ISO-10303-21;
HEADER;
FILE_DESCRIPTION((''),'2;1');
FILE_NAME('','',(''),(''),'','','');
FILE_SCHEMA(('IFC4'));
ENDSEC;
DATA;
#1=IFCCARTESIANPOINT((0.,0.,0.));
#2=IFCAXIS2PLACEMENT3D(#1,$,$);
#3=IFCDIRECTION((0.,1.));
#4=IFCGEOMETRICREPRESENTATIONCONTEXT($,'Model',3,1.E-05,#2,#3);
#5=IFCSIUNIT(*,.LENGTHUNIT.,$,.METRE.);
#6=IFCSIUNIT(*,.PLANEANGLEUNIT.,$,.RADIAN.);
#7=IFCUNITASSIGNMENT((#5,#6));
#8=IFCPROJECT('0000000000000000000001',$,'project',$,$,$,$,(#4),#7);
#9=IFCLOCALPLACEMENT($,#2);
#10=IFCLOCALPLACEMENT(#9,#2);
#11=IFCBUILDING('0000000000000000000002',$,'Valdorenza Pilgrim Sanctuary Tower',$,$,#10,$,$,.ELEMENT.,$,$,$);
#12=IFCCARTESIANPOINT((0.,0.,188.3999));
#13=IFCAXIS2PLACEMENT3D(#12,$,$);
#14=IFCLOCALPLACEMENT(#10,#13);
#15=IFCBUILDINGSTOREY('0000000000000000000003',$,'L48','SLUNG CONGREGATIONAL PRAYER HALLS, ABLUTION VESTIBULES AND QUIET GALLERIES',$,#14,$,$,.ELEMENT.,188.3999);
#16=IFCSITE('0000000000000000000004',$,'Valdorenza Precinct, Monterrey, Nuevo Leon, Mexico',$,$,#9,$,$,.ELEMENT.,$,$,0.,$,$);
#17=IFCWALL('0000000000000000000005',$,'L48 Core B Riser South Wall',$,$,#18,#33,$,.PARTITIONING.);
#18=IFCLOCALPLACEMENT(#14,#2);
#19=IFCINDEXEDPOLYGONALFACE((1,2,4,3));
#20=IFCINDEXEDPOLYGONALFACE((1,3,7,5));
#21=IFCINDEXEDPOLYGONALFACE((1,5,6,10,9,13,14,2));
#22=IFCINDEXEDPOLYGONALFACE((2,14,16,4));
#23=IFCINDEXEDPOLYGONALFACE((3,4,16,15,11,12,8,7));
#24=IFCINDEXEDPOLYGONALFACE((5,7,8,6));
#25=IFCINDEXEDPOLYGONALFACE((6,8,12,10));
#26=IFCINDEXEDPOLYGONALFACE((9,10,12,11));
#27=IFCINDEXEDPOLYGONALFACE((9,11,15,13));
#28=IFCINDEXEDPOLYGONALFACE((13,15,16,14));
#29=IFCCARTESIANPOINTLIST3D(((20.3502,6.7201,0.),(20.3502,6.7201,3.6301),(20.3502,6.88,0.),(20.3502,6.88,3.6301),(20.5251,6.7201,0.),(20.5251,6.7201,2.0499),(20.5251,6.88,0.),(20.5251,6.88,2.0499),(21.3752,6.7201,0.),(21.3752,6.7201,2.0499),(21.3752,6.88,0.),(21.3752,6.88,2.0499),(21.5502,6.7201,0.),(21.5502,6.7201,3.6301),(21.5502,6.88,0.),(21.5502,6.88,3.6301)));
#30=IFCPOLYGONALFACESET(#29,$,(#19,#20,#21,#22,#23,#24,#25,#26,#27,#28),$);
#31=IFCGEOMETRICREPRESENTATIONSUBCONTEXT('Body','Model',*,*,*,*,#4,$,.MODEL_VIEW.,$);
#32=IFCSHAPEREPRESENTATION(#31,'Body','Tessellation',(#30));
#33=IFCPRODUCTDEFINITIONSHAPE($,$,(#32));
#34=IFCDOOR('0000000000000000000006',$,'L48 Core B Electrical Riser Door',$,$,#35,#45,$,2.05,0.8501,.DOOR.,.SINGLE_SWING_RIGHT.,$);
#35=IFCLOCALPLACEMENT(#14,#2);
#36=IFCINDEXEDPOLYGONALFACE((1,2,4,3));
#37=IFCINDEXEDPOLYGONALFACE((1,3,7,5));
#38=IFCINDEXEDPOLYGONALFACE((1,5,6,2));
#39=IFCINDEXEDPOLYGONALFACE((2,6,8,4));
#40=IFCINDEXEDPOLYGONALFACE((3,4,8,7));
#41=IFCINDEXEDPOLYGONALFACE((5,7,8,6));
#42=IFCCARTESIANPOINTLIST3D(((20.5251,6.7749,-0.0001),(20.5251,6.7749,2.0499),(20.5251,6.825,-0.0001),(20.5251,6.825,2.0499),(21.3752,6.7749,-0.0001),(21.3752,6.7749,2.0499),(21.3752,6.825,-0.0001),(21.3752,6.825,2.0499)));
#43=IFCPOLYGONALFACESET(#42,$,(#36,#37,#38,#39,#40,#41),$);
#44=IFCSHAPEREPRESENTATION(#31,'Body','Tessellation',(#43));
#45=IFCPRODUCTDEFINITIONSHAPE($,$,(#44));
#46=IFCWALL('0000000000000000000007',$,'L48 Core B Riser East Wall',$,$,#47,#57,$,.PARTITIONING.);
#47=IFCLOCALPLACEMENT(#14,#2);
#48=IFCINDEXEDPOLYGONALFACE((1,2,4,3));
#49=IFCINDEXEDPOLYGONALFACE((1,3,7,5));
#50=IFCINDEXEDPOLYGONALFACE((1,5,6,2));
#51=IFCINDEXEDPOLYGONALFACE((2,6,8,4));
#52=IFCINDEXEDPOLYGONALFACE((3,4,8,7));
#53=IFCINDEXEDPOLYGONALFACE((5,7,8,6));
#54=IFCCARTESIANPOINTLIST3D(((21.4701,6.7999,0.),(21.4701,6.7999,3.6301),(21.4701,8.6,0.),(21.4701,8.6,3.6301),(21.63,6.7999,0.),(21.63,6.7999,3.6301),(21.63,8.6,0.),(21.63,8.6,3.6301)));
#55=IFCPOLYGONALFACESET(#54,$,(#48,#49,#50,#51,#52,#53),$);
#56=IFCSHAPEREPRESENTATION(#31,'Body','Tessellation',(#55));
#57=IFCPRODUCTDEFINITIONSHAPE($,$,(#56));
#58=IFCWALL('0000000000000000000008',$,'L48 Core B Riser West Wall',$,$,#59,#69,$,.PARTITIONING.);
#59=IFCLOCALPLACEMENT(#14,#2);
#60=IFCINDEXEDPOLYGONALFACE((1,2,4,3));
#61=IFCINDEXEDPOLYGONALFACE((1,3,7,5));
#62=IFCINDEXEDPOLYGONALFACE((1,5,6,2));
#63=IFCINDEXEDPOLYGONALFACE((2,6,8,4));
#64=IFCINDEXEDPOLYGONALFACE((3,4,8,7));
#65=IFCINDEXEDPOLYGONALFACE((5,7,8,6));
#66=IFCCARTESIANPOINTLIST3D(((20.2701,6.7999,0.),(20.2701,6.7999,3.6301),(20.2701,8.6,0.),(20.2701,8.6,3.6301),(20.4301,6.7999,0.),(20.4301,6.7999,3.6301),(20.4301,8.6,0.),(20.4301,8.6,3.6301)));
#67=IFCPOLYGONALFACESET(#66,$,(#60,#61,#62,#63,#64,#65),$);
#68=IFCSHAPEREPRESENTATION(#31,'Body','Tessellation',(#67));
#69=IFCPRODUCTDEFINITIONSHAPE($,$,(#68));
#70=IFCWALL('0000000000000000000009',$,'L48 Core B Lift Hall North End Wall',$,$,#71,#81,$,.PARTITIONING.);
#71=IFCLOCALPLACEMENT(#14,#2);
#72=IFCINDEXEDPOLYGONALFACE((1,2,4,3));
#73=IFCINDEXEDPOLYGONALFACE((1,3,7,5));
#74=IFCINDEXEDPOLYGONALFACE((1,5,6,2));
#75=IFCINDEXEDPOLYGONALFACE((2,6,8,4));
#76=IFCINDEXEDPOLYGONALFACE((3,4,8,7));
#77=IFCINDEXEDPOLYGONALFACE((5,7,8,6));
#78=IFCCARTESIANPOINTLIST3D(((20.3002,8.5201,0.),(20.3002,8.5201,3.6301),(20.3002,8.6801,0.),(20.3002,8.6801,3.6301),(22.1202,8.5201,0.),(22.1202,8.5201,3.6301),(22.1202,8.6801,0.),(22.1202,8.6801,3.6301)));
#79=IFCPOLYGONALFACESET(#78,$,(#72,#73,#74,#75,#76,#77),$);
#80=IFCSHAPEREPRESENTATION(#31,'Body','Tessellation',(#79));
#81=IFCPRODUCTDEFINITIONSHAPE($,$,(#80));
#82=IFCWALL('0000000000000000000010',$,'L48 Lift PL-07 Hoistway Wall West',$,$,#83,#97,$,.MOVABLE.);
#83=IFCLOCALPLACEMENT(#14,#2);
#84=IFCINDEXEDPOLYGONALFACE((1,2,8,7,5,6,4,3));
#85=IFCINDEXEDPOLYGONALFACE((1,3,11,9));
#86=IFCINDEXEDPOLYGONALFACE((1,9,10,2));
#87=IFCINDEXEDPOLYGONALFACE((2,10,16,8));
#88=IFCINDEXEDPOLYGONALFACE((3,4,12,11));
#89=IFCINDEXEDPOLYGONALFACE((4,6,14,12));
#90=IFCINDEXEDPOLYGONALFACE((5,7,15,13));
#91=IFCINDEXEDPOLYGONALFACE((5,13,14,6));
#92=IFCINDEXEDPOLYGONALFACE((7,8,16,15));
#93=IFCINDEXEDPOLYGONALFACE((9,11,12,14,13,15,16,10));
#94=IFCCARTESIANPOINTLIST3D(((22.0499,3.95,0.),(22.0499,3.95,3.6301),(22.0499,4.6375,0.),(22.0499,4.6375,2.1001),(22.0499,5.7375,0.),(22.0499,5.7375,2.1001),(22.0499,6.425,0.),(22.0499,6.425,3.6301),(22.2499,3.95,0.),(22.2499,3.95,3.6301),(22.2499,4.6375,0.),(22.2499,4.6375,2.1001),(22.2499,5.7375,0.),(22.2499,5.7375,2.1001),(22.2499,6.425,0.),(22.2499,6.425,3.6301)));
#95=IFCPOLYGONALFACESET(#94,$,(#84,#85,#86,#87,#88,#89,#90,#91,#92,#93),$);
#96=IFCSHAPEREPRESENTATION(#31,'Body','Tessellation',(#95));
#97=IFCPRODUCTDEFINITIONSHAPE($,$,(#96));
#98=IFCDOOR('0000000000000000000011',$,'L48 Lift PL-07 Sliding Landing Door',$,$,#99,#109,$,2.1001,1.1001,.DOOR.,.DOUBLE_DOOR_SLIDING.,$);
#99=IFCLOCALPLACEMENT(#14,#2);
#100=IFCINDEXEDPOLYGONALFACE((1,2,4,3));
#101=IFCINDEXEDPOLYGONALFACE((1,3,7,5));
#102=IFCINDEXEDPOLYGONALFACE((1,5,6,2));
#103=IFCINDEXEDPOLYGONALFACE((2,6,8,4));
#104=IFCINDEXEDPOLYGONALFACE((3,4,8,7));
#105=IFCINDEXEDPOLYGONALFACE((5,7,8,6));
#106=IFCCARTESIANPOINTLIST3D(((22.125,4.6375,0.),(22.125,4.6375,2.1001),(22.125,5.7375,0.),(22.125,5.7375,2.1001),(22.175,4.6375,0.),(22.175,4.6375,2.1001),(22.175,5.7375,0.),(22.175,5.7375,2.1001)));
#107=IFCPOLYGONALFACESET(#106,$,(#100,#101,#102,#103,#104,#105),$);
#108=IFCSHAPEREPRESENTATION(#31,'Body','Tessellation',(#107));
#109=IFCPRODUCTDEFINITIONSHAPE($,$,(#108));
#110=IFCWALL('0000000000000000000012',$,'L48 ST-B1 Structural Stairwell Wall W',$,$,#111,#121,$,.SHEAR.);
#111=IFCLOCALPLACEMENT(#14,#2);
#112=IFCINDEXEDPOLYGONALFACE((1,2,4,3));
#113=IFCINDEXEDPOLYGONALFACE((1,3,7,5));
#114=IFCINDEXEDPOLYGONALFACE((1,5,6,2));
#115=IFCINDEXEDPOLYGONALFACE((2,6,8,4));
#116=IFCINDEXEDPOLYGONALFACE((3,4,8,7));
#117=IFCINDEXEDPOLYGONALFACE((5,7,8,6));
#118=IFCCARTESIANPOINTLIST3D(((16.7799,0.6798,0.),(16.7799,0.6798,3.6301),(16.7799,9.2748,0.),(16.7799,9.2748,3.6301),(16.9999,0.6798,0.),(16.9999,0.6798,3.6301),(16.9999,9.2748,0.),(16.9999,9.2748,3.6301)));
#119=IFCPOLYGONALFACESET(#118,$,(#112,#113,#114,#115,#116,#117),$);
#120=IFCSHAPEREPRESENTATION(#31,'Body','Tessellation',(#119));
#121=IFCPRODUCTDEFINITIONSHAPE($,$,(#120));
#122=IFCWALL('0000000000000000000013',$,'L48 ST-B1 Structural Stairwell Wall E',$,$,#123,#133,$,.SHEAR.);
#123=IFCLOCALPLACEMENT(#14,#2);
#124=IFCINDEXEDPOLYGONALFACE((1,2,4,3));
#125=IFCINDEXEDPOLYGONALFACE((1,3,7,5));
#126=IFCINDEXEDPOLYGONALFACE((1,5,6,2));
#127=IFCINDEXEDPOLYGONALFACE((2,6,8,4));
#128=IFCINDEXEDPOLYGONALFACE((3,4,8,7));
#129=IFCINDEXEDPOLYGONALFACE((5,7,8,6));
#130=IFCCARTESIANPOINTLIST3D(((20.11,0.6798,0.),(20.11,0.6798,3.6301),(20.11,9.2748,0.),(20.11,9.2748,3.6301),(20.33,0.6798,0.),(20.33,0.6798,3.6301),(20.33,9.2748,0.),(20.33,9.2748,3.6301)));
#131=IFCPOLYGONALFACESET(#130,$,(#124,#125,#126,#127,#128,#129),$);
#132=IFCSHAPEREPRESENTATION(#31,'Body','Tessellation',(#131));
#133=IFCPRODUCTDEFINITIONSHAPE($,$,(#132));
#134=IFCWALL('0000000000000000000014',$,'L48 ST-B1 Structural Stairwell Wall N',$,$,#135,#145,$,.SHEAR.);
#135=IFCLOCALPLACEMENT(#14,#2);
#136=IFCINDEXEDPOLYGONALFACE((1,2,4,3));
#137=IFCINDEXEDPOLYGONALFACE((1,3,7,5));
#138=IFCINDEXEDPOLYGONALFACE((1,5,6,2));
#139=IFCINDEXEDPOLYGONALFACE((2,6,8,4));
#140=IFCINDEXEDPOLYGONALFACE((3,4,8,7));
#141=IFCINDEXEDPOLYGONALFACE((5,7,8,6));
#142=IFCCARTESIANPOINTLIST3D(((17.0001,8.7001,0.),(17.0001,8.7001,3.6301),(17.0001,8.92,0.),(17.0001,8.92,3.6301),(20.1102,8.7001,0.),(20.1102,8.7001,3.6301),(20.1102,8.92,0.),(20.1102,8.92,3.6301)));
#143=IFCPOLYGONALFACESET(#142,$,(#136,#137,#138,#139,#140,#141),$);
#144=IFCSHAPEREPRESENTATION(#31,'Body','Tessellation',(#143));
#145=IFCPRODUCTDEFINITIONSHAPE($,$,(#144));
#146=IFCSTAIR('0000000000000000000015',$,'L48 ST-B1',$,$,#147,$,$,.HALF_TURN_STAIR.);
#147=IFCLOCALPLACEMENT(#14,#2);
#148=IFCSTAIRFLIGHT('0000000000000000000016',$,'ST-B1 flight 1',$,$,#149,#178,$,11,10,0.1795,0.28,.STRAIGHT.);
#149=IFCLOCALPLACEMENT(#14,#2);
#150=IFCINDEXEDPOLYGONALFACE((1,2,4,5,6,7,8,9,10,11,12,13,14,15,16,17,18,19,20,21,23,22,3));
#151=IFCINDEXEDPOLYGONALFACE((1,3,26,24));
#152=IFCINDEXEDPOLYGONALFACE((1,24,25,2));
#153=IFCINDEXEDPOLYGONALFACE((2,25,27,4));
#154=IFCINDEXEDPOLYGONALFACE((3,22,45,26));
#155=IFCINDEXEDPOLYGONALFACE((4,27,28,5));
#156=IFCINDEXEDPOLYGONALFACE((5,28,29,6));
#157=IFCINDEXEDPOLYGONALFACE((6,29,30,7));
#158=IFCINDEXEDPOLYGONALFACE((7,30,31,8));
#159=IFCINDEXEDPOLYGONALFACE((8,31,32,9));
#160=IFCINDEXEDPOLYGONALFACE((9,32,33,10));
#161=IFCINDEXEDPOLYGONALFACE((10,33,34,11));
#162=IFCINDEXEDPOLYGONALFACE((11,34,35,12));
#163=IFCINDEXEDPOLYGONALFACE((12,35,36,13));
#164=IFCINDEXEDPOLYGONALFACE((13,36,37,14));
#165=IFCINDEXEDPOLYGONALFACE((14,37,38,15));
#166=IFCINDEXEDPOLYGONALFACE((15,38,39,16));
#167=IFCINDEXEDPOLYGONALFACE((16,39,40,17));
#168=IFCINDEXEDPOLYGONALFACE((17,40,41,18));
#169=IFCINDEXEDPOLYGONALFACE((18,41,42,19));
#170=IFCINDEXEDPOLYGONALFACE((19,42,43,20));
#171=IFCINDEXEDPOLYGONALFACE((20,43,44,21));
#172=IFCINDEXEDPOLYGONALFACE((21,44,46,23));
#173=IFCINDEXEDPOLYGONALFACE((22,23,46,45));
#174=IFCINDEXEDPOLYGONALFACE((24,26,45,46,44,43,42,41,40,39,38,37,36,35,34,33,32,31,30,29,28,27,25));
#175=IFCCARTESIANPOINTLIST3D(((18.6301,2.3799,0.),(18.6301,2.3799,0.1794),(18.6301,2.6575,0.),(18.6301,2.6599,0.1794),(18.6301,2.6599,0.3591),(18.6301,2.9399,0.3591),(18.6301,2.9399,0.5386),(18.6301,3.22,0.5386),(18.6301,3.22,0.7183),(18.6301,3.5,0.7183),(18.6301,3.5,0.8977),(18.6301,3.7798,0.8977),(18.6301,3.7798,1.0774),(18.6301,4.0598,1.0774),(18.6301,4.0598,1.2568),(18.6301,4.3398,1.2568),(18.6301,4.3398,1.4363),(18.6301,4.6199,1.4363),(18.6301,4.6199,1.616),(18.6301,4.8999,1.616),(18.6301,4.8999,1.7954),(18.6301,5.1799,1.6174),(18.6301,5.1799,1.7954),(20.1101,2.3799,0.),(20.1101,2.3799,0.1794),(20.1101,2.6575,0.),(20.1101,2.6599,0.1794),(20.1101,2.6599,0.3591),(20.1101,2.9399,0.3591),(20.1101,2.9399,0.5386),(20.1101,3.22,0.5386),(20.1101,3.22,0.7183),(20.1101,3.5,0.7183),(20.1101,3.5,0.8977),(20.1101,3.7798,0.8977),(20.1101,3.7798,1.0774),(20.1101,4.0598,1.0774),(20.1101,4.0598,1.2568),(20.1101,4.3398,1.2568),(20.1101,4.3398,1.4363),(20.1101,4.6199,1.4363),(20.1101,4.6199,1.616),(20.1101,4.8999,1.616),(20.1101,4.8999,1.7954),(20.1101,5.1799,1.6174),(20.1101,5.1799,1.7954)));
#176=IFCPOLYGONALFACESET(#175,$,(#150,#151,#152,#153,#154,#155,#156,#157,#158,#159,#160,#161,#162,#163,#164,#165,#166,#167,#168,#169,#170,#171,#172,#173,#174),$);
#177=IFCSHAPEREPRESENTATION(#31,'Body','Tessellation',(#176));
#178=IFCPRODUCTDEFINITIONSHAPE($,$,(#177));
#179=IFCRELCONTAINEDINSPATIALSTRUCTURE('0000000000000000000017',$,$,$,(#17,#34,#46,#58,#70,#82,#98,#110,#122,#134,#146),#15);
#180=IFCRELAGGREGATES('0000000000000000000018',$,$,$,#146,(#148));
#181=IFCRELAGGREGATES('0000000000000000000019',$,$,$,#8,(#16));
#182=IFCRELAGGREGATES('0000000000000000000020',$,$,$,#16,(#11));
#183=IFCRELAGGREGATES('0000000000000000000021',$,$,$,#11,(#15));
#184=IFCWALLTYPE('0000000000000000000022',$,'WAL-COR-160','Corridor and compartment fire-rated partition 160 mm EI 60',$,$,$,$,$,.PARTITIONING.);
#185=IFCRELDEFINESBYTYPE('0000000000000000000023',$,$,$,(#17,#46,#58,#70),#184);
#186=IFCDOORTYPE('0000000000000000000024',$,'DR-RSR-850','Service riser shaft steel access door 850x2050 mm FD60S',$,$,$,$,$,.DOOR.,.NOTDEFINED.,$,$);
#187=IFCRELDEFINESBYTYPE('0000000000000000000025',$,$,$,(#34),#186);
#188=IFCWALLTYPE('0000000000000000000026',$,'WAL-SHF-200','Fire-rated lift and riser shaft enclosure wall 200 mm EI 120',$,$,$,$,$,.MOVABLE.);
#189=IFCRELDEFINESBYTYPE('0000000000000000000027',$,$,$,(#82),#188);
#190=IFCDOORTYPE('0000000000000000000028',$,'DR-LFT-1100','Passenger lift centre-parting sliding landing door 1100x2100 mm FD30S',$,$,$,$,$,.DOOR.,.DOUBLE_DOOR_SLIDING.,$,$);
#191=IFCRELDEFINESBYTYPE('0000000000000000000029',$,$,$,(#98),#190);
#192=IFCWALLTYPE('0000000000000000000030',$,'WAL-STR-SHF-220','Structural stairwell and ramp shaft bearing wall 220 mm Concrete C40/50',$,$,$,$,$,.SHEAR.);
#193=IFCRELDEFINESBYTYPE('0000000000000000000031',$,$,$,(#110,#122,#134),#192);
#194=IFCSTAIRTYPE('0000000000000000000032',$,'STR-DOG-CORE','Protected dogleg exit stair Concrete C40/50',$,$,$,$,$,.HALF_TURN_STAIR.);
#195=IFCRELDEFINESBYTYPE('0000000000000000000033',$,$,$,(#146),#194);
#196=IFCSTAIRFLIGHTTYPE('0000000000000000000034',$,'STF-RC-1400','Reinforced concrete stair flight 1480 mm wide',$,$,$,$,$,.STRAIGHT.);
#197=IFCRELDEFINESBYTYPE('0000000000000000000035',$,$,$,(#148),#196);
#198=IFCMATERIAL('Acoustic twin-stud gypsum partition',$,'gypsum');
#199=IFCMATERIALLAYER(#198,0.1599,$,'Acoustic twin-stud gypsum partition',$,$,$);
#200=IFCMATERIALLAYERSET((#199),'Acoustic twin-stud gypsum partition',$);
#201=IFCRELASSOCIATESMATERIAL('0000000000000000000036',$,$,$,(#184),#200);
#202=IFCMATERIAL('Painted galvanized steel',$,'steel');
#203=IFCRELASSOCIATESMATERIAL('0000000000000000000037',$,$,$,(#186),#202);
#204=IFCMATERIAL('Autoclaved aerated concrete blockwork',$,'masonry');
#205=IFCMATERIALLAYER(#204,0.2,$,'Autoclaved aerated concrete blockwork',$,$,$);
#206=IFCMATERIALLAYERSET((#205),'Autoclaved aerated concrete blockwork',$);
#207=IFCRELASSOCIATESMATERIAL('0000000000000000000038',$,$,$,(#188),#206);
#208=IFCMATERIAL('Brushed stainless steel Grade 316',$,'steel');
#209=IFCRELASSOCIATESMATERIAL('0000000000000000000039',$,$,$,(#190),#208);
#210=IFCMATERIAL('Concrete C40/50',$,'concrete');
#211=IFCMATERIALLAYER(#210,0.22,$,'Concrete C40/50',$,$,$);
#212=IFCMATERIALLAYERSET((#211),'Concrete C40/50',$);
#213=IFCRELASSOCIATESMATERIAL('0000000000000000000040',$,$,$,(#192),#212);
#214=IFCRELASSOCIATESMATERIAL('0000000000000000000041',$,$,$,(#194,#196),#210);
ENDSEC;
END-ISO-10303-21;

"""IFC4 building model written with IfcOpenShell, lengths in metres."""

from ifc_helpers import new_model, si_unit, direction, frame, frame_2d, origin, place, context, subcontext, project, spatial, polyline, rectangle, outline, extrude, material, layer, layer_set, type_object, element, fill, aggregate, save


model = new_model("IFC4")

# Units and contexts
model_context = context("Model", 3, precision=1e-05, world=origin(), true_north=direction((0.0, 1.0)))
body_context = subcontext(model_context, "Body", "Model", "MODEL_VIEW")
ifc_project = project(units=[si_unit("LENGTHUNIT", "METRE"), si_unit("PLANEANGLEUNIT", "RADIAN")], contexts=[model_context])

# Site, building, storey
site_placement = place(None, origin())
site = spatial("IfcSite", under=ifc_project, at=site_placement, Name="Valdorenza Precinct, Monterrey, Nuevo Leon, Mexico", CompositionType="ELEMENT", RefElevation=0.0)
building_placement = place(site_placement, origin())
building = spatial("IfcBuilding", under=site, at=building_placement, Name="Valdorenza Pilgrim Sanctuary Tower", CompositionType="ELEMENT")
storey_placement = place(building_placement, frame((0.0, 0.0, 188.3999)))
storey = spatial("IfcBuildingStorey", under=building, at=storey_placement, Name="L48", Description="SLUNG CONGREGATIONAL PRAYER HALLS, ABLUTION VESTIBULES AND QUIET GALLERIES", CompositionType="ELEMENT", Elevation=188.3999)

# Wall, opening, door
ifc_material_1 = material(Name="Acoustic twin-stud gypsum partition", Category="gypsum")
ifc_layer_1 = layer(ifc_material_1, 0.1599, Name="Acoustic twin-stud gypsum partition")
ifc_layer_set_1 = layer_set([ifc_layer_1], Name="Acoustic twin-stud gypsum partition")
wall_type_1 = type_object("IfcWallType", Name="WAL-COR-160", Description="Corridor and compartment fire-rated partition 160 mm EI 60", PredefinedType="PARTITIONING", material=ifc_layer_set_1)
wall_1_placement = place(storey_placement, frame((20.3501, 6.8, 0.0), z_axis=(0.0, 0.0, 1.0), x_axis=(1.0, 0.0, 0.0)))
wall_1 = element("IfcWall", 1, at=wall_1_placement, inside=storey, type_object=wall_type_1, Name="L48 Core B Riser South Wall", PredefinedType="PARTITIONING", context=body_context, shape_type="SweptSolid", body=[
    extrude(rectangle(XDim=1.2, YDim=0.1599, at=frame_2d((0.6001, 0.0))), origin(), (0.0, 0.0, 1.0), 3.6301),
])
opening_1_placement = place(wall_1_placement, frame((0.175, 0.0, 0.0)))
opening_1 = element("IfcOpeningElement", 2, at=opening_1_placement, cuts=wall_1, PredefinedType="OPENING", context=body_context, shape_type="SweptSolid", body=[
    extrude(rectangle(XDim=0.8501, YDim=2.05, at=frame_2d((0.425, 1.0249))), frame((0.0, 0.0947, 0.0), z_axis=(0.0, -1.0, 0.0), x_axis=(1.0, 0.0, 0.0)), (0.0, 0.0, 1.0), 0.1897),
])
ifc_material_2 = material(Name="Painted galvanized steel", Category="steel")
door_type_1 = type_object("IfcDoorType", Name="DR-RSR-850", Description="Service riser shaft steel access door 850x2050 mm FD60S", OperationType="NOTDEFINED", PredefinedType="DOOR", material=ifc_material_2)
door_1_placement = place(opening_1_placement, origin())
door_1 = element("IfcDoor", 3, at=door_1_placement, inside=storey, type_object=door_type_1, Name="L48 Core B Electrical Riser Door", OperationType="SINGLE_SWING_RIGHT", OverallHeight=2.05, OverallWidth=0.8501, PredefinedType="DOOR", context=body_context, shape_type="SweptSolid", body=[
    extrude(rectangle(XDim=0.8501, YDim=2.05, at=frame_2d((0.425, 1.0249))), frame((0.0, 0.0249, 0.0), z_axis=(0.0, -1.0, 0.0), x_axis=(1.0, 0.0, 0.0)), (0.0, 0.0, 1.0), 0.05),
])
fill(opening_1, door_1)

# Walls
for number, where, z_axis, x_axis, name in (
    (4, (21.55, 6.8, 0.0), (0.0, 0.0, 1.0), (0.0, 1.0, 0.0), "L48 Core B Riser East Wall"),
    (5, (20.3501, 6.8, 0.0), (0.0, 0.0, 1.0), (0.0, 1.0, 0.0), "L48 Core B Riser West Wall"),
):
    element("IfcWall", number, at=place(storey_placement, frame(where, z_axis=z_axis, x_axis=x_axis)), inside=storey, type_object=wall_type_1, Name=name, PredefinedType="PARTITIONING", context=body_context, shape_type="SweptSolid", body=[
        extrude(rectangle(XDim=1.8, YDim=0.1599, at=frame_2d((0.8999, 0.0))), origin(), (0.0, 0.0, 1.0), 3.6301),
    ])
wall_2_placement = place(storey_placement, frame((20.3, 8.6001, 0.0), z_axis=(0.0, 0.0, 1.0), x_axis=(1.0, 0.0, 0.0)))
element("IfcWall", 6, at=wall_2_placement, inside=storey, type_object=wall_type_1, Name="L48 Core B Lift Hall North End Wall", PredefinedType="PARTITIONING", context=body_context, shape_type="SweptSolid", body=[
    extrude(rectangle(XDim=1.8201, YDim=0.1599, at=frame_2d((0.9102, 0.0))), origin(), (0.0, 0.0, 1.0), 3.6301),
])

# Wall, opening, door
ifc_material_3 = material(Name="Autoclaved aerated concrete blockwork", Category="masonry")
ifc_layer_2 = layer(ifc_material_3, 0.2, Name="Autoclaved aerated concrete blockwork")
ifc_layer_set_2 = layer_set([ifc_layer_2], Name="Autoclaved aerated concrete blockwork")
wall_type_2 = type_object("IfcWallType", Name="WAL-SHF-200", Description="Fire-rated lift and riser shaft enclosure wall 200 mm EI 120", PredefinedType="MOVABLE", material=ifc_layer_set_2)
wall_3_placement = place(storey_placement, frame((22.1499, 3.95, 0.0), z_axis=(0.0, 0.0, 1.0), x_axis=(0.0, 1.0, 0.0)))
wall_3 = element("IfcWall", 7, at=wall_3_placement, inside=storey, type_object=wall_type_2, Name="L48 Lift PL-07 Hoistway Wall West", PredefinedType="MOVABLE", context=body_context, shape_type="SweptSolid", body=[
    extrude(rectangle(XDim=2.4751, YDim=0.2, at=frame_2d((1.2375, 0.0))), origin(), (0.0, 0.0, 1.0), 3.6301),
])
opening_2_placement = place(wall_3_placement, frame((0.6875, 0.0, 0.0)))
opening_2 = element("IfcOpeningElement", 8, at=opening_2_placement, cuts=wall_3, PredefinedType="OPENING", context=body_context, shape_type="SweptSolid", body=[
    extrude(rectangle(XDim=1.1001, YDim=2.1001, at=frame_2d((0.55, 1.05))), frame((0.0, 0.1147, 0.0), z_axis=(0.0, -1.0, 0.0), x_axis=(1.0, 0.0, 0.0)), (0.0, 0.0, 1.0), 0.2297),
])
ifc_material_4 = material(Name="Brushed stainless steel Grade 316", Category="steel")
door_type_2 = type_object("IfcDoorType", Name="DR-LFT-1100", Description="Passenger lift centre-parting sliding landing door 1100x2100 mm FD30S", OperationType="DOUBLE_DOOR_SLIDING", PredefinedType="DOOR", material=ifc_material_4)
door_2_placement = place(opening_2_placement, origin())
door_2 = element("IfcDoor", 9, at=door_2_placement, inside=storey, type_object=door_type_2, Name="L48 Lift PL-07 Sliding Landing Door", OperationType="DOUBLE_DOOR_SLIDING", OverallHeight=2.1001, OverallWidth=1.1001, PredefinedType="DOOR", context=body_context, shape_type="SweptSolid", body=[
    extrude(rectangle(XDim=1.1001, YDim=2.1001, at=frame_2d((0.55, 1.05))), frame((0.0, 0.0249, 0.0), z_axis=(0.0, -1.0, 0.0), x_axis=(1.0, 0.0, 0.0)), (0.0, 0.0, 1.0), 0.05),
])
fill(opening_2, door_2)

# Walls
ifc_material_5 = material(Name="Concrete C40/50", Category="concrete")
ifc_layer_3 = layer(ifc_material_5, 0.22, Name="Concrete C40/50")
ifc_layer_set_3 = layer_set([ifc_layer_3], Name="Concrete C40/50")
wall_type_3 = type_object("IfcWallType", Name="WAL-STR-SHF-220", Description="Structural stairwell and ramp shaft bearing wall 220 mm Concrete C40/50", PredefinedType="SHEAR", material=ifc_layer_set_3)
for number, where, z_axis, x_axis, name in (
    (10, (16.8899, 0.6799, 0.0), (0.0, 0.0, 1.0), (0.0, 1.0, 0.0), "L48 ST-B1 Structural Stairwell Wall W"),
    (11, (20.22, 0.6799, 0.0), (0.0, 0.0, 1.0), (0.0, 1.0, 0.0), "L48 ST-B1 Structural Stairwell Wall E"),
):
    element("IfcWall", number, at=place(storey_placement, frame(where, z_axis=z_axis, x_axis=x_axis)), inside=storey, type_object=wall_type_3, Name=name, PredefinedType="SHEAR", context=body_context, shape_type="SweptSolid", body=[
        extrude(rectangle(XDim=8.595, YDim=0.22, at=frame_2d((4.2974, 0.0))), origin(), (0.0, 0.0, 1.0), 3.6301),
    ])

# Wall
wall_4_placement = place(storey_placement, frame((17.0, 8.8101, 0.0), z_axis=(0.0, 0.0, 1.0), x_axis=(1.0, 0.0, 0.0)))
element("IfcWall", 12, at=wall_4_placement, inside=storey, type_object=wall_type_3, Name="L48 ST-B1 Structural Stairwell Wall N", PredefinedType="SHEAR", context=body_context, shape_type="SweptSolid", body=[
    extrude(rectangle(XDim=3.1101, YDim=0.22, at=frame_2d((1.5552, 0.0))), origin(), (0.0, 0.0, 1.0), 3.6301),
])

# Stair, stair flight
stair_type = type_object("IfcStairType", Name="STR-DOG-CORE", Description="Protected dogleg exit stair Concrete C40/50", PredefinedType="HALF_TURN_STAIR", material=ifc_material_5)
stair_placement = place(storey_placement, origin())
stair = element("IfcStair", 13, at=stair_placement, inside=storey, type_object=stair_type, Name="L48 ST-B1", PredefinedType="HALF_TURN_STAIR")
stair_flight_type = type_object("IfcStairFlightType", Name="STF-RC-1400", Description="Reinforced concrete stair flight 1480 mm wide", PredefinedType="STRAIGHT", material=ifc_material_5)
stair_flight_1_placement = place(storey_placement, frame((19.3701, 2.3799, 0.0), z_axis=(0.0, 0.0, 1.0), x_axis=(0.0, 1.0, 0.0)))
stair_flight_1 = element("IfcStairFlight", 14, at=stair_flight_1_placement, type_object=stair_flight_type, Name="ST-B1 flight 1", NumberOfRisers=11, NumberOfTreads=10, PredefinedType="STRAIGHT", RiserHeight=0.1795, TreadLength=0.28, context=body_context, shape_type="SweptSolid", body=[
    extrude(outline(polyline([(0.0, 0.0), (0.0, 0.1794), (0.28, 0.1794), (0.28, 0.3591), (0.5601, 0.3591), (0.5601, 0.5386), (0.8401, 0.5386), (0.8401, 0.7183), (1.1201, 0.7183), (1.1201, 0.8977), (1.3999, 0.8977), (1.3999, 1.0774), (1.6799, 1.0774), (1.6799, 1.2568), (1.96, 1.2568), (1.96, 1.4363), (2.24, 1.4363), (2.24, 1.616), (2.52, 1.616), (2.52, 1.7954), (2.8, 1.7954), (2.8, 1.9751), (2.8, 1.6174), (0.2776, 0.0), (0.0, 0.0)])), frame((0.0, 0.74, 0.0), z_axis=(0.0, -1.0, 0.0), x_axis=(1.0, 0.0, 0.0)), (0.0, 0.0, 1.0), 1.48),
])
aggregate(stair, [stair_flight_1])

save(model, "model.ifc")
